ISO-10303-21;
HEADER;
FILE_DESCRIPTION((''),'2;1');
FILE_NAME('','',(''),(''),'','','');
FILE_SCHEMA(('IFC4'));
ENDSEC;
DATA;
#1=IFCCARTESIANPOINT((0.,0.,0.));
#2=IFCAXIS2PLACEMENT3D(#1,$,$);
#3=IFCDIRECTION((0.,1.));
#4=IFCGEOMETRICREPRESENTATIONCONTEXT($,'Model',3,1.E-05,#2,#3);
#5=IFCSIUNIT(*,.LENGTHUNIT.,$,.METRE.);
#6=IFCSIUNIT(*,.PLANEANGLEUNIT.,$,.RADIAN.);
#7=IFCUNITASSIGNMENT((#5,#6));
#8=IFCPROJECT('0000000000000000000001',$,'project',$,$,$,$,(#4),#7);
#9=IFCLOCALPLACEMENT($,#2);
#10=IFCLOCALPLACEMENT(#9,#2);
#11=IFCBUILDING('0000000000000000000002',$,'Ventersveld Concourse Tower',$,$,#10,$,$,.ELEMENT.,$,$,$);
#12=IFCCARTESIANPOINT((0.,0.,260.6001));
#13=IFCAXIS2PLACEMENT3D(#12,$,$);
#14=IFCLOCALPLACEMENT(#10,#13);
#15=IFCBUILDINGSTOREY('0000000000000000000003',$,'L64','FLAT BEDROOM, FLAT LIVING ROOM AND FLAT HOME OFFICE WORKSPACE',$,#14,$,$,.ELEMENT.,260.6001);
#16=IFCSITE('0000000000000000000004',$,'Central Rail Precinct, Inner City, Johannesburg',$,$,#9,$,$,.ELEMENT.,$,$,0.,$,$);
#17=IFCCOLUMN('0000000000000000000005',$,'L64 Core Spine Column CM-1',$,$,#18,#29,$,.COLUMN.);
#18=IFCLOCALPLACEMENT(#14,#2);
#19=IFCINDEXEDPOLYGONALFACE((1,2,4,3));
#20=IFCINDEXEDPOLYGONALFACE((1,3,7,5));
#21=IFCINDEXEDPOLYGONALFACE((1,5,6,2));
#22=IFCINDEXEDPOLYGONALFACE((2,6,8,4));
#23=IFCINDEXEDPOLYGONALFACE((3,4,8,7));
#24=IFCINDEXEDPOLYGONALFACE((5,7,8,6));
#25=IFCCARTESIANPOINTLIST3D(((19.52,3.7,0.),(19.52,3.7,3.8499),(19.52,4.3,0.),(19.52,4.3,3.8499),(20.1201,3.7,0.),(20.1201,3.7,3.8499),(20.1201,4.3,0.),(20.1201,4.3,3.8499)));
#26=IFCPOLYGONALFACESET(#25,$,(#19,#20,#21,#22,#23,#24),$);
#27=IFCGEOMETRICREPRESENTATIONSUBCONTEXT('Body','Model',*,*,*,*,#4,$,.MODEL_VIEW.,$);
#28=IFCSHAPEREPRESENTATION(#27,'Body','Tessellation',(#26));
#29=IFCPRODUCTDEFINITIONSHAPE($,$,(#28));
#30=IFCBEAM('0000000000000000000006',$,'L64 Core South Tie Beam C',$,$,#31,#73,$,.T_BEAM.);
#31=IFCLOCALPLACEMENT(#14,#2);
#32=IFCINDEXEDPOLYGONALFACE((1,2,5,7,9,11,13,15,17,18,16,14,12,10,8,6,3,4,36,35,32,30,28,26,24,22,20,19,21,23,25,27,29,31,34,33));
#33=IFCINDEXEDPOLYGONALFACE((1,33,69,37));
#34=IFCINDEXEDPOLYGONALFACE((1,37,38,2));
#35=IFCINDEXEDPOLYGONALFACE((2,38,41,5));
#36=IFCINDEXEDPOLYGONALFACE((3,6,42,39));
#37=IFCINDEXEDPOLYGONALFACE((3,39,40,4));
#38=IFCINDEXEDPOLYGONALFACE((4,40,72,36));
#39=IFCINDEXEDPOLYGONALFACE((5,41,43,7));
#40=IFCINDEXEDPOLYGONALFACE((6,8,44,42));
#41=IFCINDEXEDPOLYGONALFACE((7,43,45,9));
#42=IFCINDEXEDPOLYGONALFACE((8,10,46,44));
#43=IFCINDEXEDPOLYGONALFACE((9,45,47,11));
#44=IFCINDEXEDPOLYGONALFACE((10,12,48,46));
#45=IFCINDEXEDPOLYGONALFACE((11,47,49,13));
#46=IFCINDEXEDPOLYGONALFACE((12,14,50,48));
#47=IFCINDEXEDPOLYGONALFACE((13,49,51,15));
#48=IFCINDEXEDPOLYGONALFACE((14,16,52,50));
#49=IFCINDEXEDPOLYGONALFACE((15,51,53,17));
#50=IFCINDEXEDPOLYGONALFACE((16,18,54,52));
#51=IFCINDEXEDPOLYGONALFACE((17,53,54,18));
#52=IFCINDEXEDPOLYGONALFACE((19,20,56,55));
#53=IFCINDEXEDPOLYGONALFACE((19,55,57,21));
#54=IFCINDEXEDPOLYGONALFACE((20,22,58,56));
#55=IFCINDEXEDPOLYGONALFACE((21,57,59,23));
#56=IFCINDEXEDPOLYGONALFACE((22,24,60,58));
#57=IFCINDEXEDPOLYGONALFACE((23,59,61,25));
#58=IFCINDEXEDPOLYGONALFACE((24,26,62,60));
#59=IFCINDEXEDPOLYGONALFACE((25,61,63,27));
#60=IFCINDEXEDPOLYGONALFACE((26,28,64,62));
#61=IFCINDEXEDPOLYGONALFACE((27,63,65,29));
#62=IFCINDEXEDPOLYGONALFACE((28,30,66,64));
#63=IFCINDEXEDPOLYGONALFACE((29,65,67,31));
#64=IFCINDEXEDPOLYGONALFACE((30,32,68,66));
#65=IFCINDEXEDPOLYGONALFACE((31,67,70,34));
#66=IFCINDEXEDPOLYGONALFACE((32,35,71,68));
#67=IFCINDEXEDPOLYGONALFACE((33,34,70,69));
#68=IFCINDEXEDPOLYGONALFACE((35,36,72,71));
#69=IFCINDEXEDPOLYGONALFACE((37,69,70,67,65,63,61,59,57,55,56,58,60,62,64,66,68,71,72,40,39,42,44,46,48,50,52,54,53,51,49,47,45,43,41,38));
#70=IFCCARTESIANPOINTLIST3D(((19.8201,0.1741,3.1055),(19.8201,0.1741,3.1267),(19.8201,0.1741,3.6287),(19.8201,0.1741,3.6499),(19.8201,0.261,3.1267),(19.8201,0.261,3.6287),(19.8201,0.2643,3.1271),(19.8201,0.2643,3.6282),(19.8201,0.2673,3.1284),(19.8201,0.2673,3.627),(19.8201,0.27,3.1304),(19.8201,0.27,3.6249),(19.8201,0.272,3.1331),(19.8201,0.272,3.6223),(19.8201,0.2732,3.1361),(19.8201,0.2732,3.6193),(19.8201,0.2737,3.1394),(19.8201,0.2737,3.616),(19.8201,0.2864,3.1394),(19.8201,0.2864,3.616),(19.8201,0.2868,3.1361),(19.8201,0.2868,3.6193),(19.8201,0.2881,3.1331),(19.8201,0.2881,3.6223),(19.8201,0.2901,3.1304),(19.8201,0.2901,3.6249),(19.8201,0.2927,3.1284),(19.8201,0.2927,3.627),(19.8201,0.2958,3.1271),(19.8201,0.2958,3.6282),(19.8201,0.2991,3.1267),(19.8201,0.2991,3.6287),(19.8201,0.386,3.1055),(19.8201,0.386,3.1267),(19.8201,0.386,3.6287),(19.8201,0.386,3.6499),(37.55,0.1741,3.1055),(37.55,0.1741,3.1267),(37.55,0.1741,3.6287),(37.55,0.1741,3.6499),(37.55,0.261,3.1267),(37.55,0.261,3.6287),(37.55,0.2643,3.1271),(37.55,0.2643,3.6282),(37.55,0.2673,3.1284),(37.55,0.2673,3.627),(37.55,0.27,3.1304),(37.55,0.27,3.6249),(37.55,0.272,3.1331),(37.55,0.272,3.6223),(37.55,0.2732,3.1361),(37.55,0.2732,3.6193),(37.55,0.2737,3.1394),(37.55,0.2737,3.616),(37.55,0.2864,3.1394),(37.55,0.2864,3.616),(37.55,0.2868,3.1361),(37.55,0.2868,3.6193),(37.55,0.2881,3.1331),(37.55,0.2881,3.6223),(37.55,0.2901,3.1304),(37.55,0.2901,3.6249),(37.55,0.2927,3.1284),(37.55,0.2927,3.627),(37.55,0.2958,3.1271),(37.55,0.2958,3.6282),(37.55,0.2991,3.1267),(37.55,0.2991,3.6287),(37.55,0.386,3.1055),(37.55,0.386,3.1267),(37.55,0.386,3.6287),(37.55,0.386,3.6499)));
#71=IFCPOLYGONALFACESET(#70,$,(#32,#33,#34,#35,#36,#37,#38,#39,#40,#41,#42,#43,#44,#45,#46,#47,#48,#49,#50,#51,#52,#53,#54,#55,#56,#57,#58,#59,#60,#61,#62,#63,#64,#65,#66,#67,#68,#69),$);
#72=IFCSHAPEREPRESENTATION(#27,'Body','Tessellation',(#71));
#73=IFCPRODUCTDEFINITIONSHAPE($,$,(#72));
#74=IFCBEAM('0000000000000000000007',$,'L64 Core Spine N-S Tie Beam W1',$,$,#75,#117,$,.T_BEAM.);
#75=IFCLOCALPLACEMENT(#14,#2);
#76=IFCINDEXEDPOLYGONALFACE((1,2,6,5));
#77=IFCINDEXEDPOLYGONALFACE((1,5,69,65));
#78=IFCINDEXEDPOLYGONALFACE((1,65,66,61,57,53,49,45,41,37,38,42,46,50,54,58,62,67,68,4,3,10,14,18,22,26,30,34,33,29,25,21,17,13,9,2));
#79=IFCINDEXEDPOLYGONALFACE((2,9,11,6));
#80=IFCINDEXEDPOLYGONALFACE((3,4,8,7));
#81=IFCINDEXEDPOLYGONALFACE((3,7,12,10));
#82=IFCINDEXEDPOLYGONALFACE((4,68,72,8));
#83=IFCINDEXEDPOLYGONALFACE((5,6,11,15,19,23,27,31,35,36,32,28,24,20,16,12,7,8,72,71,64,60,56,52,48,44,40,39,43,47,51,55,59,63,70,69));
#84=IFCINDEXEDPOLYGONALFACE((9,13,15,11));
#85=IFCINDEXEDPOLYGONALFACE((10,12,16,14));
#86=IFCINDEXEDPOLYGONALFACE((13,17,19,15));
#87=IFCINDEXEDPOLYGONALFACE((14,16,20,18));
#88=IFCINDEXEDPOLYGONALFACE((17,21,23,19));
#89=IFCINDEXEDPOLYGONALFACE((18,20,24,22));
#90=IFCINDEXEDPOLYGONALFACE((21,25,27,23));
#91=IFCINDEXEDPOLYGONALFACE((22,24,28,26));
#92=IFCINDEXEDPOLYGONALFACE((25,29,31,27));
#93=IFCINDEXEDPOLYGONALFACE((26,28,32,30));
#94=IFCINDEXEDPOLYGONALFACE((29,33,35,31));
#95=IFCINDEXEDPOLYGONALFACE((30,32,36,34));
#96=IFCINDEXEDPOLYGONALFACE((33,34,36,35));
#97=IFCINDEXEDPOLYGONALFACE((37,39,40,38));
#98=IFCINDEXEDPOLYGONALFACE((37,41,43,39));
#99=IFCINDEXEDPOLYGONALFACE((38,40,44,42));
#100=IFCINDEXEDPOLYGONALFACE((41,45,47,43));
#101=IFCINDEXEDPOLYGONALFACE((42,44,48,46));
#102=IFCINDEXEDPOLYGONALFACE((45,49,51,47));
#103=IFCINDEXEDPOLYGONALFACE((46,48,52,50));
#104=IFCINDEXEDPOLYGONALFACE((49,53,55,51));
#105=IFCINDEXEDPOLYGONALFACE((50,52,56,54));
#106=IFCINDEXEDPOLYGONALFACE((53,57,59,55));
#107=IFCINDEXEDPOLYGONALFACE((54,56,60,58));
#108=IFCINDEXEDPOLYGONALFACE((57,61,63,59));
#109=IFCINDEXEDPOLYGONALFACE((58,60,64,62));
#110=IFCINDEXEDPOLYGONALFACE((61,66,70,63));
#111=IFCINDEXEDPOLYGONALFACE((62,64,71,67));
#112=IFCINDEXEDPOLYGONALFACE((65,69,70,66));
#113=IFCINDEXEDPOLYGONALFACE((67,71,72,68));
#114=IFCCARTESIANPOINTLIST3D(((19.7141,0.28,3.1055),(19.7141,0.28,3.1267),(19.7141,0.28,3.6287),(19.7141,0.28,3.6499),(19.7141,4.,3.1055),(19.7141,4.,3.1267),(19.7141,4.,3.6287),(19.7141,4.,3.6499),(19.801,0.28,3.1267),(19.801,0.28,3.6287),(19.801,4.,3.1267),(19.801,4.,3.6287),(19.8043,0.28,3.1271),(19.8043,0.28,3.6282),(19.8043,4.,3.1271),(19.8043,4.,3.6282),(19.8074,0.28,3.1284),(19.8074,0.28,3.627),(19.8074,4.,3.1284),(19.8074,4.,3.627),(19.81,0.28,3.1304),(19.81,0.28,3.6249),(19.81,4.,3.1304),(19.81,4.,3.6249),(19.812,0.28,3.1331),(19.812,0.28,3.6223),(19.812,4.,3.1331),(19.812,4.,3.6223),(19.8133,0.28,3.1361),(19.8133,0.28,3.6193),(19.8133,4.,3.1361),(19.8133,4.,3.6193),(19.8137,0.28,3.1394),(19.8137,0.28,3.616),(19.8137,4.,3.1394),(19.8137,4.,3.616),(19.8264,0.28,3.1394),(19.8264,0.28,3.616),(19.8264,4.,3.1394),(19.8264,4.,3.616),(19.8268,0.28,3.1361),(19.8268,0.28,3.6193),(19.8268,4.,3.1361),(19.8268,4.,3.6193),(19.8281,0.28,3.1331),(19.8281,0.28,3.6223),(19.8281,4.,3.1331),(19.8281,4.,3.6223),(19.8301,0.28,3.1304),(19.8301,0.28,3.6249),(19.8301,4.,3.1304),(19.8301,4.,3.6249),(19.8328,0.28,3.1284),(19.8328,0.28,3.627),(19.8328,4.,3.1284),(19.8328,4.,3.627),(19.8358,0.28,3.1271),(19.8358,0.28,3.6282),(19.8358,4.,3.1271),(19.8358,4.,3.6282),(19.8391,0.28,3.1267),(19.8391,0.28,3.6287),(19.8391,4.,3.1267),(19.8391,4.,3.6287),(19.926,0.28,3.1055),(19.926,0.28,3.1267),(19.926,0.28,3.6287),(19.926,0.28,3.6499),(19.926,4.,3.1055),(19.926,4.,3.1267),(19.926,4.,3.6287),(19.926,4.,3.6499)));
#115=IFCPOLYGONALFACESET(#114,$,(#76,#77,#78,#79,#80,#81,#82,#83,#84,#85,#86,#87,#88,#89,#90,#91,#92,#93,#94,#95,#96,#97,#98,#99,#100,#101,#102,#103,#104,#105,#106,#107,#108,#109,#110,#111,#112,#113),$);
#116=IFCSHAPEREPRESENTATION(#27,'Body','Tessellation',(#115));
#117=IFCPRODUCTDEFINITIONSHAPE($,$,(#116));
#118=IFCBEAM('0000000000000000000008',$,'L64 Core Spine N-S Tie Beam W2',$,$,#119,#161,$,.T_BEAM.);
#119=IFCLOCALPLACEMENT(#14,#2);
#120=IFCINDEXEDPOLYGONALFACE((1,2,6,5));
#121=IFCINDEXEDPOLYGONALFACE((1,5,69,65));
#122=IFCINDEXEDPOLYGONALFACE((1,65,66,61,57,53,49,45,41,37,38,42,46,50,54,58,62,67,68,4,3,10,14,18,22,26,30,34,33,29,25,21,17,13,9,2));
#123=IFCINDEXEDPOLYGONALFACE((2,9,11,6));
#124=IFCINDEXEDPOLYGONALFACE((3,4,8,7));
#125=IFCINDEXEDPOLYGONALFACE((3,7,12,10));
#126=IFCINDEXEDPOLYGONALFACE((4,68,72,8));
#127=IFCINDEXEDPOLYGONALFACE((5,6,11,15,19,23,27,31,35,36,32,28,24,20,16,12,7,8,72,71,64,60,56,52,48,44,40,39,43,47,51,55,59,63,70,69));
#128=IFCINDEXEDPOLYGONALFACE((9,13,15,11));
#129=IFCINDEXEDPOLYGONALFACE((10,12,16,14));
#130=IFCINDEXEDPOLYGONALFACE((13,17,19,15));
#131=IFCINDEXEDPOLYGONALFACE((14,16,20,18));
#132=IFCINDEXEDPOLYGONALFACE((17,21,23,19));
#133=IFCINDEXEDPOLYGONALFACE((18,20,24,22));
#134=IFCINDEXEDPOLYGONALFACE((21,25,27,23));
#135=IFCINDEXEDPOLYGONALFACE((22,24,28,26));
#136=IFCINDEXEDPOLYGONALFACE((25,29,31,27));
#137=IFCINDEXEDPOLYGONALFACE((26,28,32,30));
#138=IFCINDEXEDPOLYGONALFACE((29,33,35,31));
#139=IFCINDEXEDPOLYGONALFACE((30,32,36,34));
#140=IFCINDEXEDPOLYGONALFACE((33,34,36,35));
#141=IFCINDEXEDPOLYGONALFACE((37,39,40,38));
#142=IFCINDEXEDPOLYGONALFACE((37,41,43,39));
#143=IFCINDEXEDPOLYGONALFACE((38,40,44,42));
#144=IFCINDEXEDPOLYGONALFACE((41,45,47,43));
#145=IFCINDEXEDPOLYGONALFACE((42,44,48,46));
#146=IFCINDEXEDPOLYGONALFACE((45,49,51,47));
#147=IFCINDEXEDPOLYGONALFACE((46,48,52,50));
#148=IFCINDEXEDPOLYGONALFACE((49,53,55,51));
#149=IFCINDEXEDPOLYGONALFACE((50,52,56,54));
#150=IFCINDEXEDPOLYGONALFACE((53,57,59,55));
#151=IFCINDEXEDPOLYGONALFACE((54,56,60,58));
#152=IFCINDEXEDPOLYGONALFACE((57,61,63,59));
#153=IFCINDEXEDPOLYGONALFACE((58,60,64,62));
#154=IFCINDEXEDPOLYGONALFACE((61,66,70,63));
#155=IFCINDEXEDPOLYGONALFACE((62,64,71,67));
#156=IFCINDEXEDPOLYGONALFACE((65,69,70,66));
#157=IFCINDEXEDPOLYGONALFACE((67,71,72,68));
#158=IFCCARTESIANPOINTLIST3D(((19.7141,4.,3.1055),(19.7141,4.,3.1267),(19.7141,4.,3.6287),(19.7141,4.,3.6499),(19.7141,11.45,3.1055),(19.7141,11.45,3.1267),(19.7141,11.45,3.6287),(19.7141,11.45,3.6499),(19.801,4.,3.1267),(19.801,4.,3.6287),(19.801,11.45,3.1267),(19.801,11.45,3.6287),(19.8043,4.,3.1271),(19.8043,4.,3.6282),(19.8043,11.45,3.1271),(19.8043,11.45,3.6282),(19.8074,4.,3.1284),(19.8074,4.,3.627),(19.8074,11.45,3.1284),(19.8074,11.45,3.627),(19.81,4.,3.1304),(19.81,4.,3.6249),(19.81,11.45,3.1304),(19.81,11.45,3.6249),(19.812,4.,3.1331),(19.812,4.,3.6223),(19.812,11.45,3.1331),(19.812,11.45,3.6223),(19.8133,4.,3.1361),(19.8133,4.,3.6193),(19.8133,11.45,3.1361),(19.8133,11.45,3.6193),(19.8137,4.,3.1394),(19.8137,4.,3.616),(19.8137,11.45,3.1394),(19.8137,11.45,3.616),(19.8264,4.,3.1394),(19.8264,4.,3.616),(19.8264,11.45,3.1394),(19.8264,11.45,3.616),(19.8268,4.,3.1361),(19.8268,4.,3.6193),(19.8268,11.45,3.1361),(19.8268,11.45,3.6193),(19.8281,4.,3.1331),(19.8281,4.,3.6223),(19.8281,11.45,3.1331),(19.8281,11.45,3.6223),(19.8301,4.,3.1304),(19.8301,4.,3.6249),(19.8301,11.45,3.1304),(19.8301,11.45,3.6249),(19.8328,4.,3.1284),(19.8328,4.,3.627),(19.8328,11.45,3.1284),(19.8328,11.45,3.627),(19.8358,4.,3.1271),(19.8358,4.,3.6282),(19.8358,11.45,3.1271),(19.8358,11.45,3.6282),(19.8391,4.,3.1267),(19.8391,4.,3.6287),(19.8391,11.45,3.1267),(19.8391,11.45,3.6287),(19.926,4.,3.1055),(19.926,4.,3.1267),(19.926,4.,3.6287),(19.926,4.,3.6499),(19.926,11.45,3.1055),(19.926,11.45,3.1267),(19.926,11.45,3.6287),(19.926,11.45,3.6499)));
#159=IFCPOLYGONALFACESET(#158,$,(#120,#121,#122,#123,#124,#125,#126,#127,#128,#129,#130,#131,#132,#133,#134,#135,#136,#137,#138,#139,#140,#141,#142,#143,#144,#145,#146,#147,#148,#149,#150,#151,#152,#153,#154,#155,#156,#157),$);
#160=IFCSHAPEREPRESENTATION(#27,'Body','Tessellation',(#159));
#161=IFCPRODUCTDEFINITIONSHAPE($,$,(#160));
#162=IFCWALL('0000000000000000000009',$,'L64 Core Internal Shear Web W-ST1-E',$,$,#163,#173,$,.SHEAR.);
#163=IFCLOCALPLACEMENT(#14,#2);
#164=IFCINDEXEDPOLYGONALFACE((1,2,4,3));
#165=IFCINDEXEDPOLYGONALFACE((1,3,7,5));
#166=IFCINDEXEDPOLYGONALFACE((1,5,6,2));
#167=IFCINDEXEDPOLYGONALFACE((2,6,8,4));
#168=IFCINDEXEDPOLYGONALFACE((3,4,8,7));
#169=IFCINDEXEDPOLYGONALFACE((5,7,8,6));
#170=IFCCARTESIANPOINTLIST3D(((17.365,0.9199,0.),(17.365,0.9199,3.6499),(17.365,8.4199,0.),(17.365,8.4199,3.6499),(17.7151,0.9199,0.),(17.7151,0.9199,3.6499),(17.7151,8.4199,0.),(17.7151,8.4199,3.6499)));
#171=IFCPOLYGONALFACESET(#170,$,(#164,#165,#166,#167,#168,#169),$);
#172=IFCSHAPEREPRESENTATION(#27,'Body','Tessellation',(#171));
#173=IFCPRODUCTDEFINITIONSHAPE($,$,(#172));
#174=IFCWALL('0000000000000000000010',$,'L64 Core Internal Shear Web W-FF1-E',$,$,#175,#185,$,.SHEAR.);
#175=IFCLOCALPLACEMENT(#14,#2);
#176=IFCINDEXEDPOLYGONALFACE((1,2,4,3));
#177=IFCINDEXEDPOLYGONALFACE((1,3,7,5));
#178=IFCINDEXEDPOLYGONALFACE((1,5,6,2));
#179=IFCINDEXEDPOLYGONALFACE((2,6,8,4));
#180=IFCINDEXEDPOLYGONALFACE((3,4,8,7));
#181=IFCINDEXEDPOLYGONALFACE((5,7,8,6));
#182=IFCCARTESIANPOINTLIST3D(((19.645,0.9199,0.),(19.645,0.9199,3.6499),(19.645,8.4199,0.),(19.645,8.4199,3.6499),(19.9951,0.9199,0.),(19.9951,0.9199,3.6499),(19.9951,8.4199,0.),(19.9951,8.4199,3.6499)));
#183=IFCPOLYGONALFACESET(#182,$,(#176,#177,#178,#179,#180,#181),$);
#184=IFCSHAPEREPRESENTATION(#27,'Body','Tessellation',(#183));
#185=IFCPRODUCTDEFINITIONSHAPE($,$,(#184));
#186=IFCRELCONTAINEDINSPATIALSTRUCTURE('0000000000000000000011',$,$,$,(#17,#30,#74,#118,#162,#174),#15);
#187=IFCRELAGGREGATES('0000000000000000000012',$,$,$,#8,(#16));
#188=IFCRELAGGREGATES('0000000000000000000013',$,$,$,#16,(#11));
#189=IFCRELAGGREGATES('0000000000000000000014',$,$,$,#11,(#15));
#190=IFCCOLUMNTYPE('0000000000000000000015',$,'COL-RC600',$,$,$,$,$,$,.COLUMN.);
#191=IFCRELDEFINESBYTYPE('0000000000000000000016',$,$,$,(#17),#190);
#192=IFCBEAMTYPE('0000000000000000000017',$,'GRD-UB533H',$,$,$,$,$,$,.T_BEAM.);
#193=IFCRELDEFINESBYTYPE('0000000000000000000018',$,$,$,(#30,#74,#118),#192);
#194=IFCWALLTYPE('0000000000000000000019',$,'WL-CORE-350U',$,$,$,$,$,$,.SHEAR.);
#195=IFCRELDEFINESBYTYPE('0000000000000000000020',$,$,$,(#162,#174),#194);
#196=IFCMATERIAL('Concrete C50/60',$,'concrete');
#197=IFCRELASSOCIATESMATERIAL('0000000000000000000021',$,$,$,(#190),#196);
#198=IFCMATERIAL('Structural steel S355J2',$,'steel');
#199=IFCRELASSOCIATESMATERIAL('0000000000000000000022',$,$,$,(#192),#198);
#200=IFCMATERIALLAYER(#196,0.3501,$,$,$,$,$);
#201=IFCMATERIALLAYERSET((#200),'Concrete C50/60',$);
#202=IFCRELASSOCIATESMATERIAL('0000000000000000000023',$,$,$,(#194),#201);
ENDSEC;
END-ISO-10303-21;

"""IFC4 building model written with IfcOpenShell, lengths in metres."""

from ifc_helpers import new_model, si_unit, direction, frame, frame_2d, origin, origin_2d, place, context, subcontext, project, spatial, rectangle, i_section, extrude, material, layer, layer_set, material_profile, profile_set, type_object, element, save


model = new_model("IFC4")

# Units and contexts
model_context = context("Model", 3, precision=1e-05, world=origin(), true_north=direction((0.0, 1.0)))
body_context = subcontext(model_context, "Body", "Model", "MODEL_VIEW")
ifc_project = project(units=[si_unit("LENGTHUNIT", "METRE"), si_unit("PLANEANGLEUNIT", "RADIAN")], contexts=[model_context])

# Site, building, storey
site_placement = place(None, origin())
site = spatial("IfcSite", under=ifc_project, at=site_placement, Name="Central Rail Precinct, Inner City, Johannesburg", CompositionType="ELEMENT", RefElevation=0.0)
building_placement = place(site_placement, origin())
building = spatial("IfcBuilding", under=site, at=building_placement, Name="Ventersveld Concourse Tower", CompositionType="ELEMENT")
storey_placement = place(building_placement, frame((0.0, 0.0, 260.6001)))
storey = spatial("IfcBuildingStorey", under=building, at=storey_placement, Name="L64", Description="FLAT BEDROOM, FLAT LIVING ROOM AND FLAT HOME OFFICE WORKSPACE", CompositionType="ELEMENT", Elevation=260.6001)

# Column
ifc_material_1 = material(Name="Concrete C50/60", Category="concrete")
ifc_material_profile_1 = material_profile(ifc_material_1, rectangle(XDim=0.6001, YDim=0.6001, at=origin_2d()), Name="RC 600x600")
ifc_profile_set_1 = profile_set([ifc_material_profile_1], Name="Concrete C50/60")
column_type = type_object("IfcColumnType", Name="COL-RC600", PredefinedType="COLUMN", material=ifc_profile_set_1)
column_placement = place(storey_placement, frame((19.8201, 4.0, 0.0), z_axis=(0.0, 0.0, 1.0), x_axis=(1.0, 0.0, 0.0)))
element("IfcColumn", 1, at=column_placement, inside=storey, type_object=column_type, Name="L64 Core Spine Column CM-1", PredefinedType="COLUMN", context=body_context, shape_type="SweptSolid", body=[
    extrude(rectangle(XDim=0.6001, YDim=0.6001, at=origin_2d()), origin(), (0.0, 0.0, 1.0), 3.8499),
])

# Beams
ifc_material_2 = material(Name="Structural steel S355J2", Category="steel")
ifc_material_profile_2 = material_profile(ifc_material_2, i_section(OverallWidth=0.2119, OverallDepth=0.5444, WebThickness=0.0127, FlangeThickness=0.0212, FilletRadius=0.0127, at=origin_2d()), Name="UB 533x210x122")
ifc_profile_set_2 = profile_set([ifc_material_profile_2], Name="Structural steel S355J2")
beam_type = type_object("IfcBeamType", Name="GRD-UB533H", PredefinedType="T_BEAM", material=ifc_profile_set_2)
beam_1_placement = place(storey_placement, frame((19.8201, 0.28, 3.3777), z_axis=(1.0, 0.0, 0.0), x_axis=(0.0, 1.0, 0.0)))
element("IfcBeam", 2, at=beam_1_placement, inside=storey, type_object=beam_type, Name="L64 Core South Tie Beam C", PredefinedType="T_BEAM", context=body_context, shape_type="SweptSolid", body=[
    extrude(i_section(OverallWidth=0.2119, OverallDepth=0.5444, WebThickness=0.0127, FlangeThickness=0.0212, FilletRadius=0.0127, at=origin_2d()), origin(), (0.0, 0.0, 1.0), 17.73),
])
beam_2_placement = place(storey_placement, frame((19.8201, 0.28, 3.3777), z_axis=(0.0, 1.0, 0.0), x_axis=(-1.0, 0.0, 0.0)))
element("IfcBeam", 3, at=beam_2_placement, inside=storey, type_object=beam_type, Name="L64 Core Spine N-S Tie Beam W1", PredefinedType="T_BEAM", context=body_context, shape_type="SweptSolid", body=[
    extrude(i_section(OverallWidth=0.2119, OverallDepth=0.5444, WebThickness=0.0127, FlangeThickness=0.0212, FilletRadius=0.0127, at=origin_2d()), origin(), (0.0, 0.0, 1.0), 3.72),
])
beam_3_placement = place(storey_placement, frame((19.8201, 4.0, 3.3777), z_axis=(0.0, 1.0, 0.0), x_axis=(-1.0, 0.0, 0.0)))
element("IfcBeam", 4, at=beam_3_placement, inside=storey, type_object=beam_type, Name="L64 Core Spine N-S Tie Beam W2", PredefinedType="T_BEAM", context=body_context, shape_type="SweptSolid", body=[
    extrude(i_section(OverallWidth=0.2119, OverallDepth=0.5444, WebThickness=0.0127, FlangeThickness=0.0212, FilletRadius=0.0127, at=origin_2d()), origin(), (0.0, 0.0, 1.0), 7.45),
])

# Walls
ifc_layer_1 = layer(ifc_material_1, 0.3501)
ifc_layer_set_1 = layer_set([ifc_layer_1], Name="Concrete C50/60")
wall_type_1 = type_object("IfcWallType", Name="WL-CORE-350U", PredefinedType="SHEAR", material=ifc_layer_set_1)
for number, where, z_axis, x_axis, name in (
    (5, (17.54, 0.9199, 0.0), (0.0, 0.0, 1.0), (0.0, 1.0, 0.0), "L64 Core Internal Shear Web W-ST1-E"),
    (6, (19.8201, 0.9199, 0.0), (0.0, 0.0, 1.0), (0.0, 1.0, 0.0), "L64 Core Internal Shear Web W-FF1-E"),
):
    element("IfcWall", number, at=place(storey_placement, frame(where, z_axis=z_axis, x_axis=x_axis)), inside=storey, type_object=wall_type_1, Name=name, PredefinedType="SHEAR", context=body_context, shape_type="SweptSolid", body=[
        extrude(rectangle(XDim=7.5, YDim=0.3501, at=frame_2d((3.75, 0.0))), origin(), (0.0, 0.0, 1.0), 3.6499),
    ])

save(model, "model.ifc")
